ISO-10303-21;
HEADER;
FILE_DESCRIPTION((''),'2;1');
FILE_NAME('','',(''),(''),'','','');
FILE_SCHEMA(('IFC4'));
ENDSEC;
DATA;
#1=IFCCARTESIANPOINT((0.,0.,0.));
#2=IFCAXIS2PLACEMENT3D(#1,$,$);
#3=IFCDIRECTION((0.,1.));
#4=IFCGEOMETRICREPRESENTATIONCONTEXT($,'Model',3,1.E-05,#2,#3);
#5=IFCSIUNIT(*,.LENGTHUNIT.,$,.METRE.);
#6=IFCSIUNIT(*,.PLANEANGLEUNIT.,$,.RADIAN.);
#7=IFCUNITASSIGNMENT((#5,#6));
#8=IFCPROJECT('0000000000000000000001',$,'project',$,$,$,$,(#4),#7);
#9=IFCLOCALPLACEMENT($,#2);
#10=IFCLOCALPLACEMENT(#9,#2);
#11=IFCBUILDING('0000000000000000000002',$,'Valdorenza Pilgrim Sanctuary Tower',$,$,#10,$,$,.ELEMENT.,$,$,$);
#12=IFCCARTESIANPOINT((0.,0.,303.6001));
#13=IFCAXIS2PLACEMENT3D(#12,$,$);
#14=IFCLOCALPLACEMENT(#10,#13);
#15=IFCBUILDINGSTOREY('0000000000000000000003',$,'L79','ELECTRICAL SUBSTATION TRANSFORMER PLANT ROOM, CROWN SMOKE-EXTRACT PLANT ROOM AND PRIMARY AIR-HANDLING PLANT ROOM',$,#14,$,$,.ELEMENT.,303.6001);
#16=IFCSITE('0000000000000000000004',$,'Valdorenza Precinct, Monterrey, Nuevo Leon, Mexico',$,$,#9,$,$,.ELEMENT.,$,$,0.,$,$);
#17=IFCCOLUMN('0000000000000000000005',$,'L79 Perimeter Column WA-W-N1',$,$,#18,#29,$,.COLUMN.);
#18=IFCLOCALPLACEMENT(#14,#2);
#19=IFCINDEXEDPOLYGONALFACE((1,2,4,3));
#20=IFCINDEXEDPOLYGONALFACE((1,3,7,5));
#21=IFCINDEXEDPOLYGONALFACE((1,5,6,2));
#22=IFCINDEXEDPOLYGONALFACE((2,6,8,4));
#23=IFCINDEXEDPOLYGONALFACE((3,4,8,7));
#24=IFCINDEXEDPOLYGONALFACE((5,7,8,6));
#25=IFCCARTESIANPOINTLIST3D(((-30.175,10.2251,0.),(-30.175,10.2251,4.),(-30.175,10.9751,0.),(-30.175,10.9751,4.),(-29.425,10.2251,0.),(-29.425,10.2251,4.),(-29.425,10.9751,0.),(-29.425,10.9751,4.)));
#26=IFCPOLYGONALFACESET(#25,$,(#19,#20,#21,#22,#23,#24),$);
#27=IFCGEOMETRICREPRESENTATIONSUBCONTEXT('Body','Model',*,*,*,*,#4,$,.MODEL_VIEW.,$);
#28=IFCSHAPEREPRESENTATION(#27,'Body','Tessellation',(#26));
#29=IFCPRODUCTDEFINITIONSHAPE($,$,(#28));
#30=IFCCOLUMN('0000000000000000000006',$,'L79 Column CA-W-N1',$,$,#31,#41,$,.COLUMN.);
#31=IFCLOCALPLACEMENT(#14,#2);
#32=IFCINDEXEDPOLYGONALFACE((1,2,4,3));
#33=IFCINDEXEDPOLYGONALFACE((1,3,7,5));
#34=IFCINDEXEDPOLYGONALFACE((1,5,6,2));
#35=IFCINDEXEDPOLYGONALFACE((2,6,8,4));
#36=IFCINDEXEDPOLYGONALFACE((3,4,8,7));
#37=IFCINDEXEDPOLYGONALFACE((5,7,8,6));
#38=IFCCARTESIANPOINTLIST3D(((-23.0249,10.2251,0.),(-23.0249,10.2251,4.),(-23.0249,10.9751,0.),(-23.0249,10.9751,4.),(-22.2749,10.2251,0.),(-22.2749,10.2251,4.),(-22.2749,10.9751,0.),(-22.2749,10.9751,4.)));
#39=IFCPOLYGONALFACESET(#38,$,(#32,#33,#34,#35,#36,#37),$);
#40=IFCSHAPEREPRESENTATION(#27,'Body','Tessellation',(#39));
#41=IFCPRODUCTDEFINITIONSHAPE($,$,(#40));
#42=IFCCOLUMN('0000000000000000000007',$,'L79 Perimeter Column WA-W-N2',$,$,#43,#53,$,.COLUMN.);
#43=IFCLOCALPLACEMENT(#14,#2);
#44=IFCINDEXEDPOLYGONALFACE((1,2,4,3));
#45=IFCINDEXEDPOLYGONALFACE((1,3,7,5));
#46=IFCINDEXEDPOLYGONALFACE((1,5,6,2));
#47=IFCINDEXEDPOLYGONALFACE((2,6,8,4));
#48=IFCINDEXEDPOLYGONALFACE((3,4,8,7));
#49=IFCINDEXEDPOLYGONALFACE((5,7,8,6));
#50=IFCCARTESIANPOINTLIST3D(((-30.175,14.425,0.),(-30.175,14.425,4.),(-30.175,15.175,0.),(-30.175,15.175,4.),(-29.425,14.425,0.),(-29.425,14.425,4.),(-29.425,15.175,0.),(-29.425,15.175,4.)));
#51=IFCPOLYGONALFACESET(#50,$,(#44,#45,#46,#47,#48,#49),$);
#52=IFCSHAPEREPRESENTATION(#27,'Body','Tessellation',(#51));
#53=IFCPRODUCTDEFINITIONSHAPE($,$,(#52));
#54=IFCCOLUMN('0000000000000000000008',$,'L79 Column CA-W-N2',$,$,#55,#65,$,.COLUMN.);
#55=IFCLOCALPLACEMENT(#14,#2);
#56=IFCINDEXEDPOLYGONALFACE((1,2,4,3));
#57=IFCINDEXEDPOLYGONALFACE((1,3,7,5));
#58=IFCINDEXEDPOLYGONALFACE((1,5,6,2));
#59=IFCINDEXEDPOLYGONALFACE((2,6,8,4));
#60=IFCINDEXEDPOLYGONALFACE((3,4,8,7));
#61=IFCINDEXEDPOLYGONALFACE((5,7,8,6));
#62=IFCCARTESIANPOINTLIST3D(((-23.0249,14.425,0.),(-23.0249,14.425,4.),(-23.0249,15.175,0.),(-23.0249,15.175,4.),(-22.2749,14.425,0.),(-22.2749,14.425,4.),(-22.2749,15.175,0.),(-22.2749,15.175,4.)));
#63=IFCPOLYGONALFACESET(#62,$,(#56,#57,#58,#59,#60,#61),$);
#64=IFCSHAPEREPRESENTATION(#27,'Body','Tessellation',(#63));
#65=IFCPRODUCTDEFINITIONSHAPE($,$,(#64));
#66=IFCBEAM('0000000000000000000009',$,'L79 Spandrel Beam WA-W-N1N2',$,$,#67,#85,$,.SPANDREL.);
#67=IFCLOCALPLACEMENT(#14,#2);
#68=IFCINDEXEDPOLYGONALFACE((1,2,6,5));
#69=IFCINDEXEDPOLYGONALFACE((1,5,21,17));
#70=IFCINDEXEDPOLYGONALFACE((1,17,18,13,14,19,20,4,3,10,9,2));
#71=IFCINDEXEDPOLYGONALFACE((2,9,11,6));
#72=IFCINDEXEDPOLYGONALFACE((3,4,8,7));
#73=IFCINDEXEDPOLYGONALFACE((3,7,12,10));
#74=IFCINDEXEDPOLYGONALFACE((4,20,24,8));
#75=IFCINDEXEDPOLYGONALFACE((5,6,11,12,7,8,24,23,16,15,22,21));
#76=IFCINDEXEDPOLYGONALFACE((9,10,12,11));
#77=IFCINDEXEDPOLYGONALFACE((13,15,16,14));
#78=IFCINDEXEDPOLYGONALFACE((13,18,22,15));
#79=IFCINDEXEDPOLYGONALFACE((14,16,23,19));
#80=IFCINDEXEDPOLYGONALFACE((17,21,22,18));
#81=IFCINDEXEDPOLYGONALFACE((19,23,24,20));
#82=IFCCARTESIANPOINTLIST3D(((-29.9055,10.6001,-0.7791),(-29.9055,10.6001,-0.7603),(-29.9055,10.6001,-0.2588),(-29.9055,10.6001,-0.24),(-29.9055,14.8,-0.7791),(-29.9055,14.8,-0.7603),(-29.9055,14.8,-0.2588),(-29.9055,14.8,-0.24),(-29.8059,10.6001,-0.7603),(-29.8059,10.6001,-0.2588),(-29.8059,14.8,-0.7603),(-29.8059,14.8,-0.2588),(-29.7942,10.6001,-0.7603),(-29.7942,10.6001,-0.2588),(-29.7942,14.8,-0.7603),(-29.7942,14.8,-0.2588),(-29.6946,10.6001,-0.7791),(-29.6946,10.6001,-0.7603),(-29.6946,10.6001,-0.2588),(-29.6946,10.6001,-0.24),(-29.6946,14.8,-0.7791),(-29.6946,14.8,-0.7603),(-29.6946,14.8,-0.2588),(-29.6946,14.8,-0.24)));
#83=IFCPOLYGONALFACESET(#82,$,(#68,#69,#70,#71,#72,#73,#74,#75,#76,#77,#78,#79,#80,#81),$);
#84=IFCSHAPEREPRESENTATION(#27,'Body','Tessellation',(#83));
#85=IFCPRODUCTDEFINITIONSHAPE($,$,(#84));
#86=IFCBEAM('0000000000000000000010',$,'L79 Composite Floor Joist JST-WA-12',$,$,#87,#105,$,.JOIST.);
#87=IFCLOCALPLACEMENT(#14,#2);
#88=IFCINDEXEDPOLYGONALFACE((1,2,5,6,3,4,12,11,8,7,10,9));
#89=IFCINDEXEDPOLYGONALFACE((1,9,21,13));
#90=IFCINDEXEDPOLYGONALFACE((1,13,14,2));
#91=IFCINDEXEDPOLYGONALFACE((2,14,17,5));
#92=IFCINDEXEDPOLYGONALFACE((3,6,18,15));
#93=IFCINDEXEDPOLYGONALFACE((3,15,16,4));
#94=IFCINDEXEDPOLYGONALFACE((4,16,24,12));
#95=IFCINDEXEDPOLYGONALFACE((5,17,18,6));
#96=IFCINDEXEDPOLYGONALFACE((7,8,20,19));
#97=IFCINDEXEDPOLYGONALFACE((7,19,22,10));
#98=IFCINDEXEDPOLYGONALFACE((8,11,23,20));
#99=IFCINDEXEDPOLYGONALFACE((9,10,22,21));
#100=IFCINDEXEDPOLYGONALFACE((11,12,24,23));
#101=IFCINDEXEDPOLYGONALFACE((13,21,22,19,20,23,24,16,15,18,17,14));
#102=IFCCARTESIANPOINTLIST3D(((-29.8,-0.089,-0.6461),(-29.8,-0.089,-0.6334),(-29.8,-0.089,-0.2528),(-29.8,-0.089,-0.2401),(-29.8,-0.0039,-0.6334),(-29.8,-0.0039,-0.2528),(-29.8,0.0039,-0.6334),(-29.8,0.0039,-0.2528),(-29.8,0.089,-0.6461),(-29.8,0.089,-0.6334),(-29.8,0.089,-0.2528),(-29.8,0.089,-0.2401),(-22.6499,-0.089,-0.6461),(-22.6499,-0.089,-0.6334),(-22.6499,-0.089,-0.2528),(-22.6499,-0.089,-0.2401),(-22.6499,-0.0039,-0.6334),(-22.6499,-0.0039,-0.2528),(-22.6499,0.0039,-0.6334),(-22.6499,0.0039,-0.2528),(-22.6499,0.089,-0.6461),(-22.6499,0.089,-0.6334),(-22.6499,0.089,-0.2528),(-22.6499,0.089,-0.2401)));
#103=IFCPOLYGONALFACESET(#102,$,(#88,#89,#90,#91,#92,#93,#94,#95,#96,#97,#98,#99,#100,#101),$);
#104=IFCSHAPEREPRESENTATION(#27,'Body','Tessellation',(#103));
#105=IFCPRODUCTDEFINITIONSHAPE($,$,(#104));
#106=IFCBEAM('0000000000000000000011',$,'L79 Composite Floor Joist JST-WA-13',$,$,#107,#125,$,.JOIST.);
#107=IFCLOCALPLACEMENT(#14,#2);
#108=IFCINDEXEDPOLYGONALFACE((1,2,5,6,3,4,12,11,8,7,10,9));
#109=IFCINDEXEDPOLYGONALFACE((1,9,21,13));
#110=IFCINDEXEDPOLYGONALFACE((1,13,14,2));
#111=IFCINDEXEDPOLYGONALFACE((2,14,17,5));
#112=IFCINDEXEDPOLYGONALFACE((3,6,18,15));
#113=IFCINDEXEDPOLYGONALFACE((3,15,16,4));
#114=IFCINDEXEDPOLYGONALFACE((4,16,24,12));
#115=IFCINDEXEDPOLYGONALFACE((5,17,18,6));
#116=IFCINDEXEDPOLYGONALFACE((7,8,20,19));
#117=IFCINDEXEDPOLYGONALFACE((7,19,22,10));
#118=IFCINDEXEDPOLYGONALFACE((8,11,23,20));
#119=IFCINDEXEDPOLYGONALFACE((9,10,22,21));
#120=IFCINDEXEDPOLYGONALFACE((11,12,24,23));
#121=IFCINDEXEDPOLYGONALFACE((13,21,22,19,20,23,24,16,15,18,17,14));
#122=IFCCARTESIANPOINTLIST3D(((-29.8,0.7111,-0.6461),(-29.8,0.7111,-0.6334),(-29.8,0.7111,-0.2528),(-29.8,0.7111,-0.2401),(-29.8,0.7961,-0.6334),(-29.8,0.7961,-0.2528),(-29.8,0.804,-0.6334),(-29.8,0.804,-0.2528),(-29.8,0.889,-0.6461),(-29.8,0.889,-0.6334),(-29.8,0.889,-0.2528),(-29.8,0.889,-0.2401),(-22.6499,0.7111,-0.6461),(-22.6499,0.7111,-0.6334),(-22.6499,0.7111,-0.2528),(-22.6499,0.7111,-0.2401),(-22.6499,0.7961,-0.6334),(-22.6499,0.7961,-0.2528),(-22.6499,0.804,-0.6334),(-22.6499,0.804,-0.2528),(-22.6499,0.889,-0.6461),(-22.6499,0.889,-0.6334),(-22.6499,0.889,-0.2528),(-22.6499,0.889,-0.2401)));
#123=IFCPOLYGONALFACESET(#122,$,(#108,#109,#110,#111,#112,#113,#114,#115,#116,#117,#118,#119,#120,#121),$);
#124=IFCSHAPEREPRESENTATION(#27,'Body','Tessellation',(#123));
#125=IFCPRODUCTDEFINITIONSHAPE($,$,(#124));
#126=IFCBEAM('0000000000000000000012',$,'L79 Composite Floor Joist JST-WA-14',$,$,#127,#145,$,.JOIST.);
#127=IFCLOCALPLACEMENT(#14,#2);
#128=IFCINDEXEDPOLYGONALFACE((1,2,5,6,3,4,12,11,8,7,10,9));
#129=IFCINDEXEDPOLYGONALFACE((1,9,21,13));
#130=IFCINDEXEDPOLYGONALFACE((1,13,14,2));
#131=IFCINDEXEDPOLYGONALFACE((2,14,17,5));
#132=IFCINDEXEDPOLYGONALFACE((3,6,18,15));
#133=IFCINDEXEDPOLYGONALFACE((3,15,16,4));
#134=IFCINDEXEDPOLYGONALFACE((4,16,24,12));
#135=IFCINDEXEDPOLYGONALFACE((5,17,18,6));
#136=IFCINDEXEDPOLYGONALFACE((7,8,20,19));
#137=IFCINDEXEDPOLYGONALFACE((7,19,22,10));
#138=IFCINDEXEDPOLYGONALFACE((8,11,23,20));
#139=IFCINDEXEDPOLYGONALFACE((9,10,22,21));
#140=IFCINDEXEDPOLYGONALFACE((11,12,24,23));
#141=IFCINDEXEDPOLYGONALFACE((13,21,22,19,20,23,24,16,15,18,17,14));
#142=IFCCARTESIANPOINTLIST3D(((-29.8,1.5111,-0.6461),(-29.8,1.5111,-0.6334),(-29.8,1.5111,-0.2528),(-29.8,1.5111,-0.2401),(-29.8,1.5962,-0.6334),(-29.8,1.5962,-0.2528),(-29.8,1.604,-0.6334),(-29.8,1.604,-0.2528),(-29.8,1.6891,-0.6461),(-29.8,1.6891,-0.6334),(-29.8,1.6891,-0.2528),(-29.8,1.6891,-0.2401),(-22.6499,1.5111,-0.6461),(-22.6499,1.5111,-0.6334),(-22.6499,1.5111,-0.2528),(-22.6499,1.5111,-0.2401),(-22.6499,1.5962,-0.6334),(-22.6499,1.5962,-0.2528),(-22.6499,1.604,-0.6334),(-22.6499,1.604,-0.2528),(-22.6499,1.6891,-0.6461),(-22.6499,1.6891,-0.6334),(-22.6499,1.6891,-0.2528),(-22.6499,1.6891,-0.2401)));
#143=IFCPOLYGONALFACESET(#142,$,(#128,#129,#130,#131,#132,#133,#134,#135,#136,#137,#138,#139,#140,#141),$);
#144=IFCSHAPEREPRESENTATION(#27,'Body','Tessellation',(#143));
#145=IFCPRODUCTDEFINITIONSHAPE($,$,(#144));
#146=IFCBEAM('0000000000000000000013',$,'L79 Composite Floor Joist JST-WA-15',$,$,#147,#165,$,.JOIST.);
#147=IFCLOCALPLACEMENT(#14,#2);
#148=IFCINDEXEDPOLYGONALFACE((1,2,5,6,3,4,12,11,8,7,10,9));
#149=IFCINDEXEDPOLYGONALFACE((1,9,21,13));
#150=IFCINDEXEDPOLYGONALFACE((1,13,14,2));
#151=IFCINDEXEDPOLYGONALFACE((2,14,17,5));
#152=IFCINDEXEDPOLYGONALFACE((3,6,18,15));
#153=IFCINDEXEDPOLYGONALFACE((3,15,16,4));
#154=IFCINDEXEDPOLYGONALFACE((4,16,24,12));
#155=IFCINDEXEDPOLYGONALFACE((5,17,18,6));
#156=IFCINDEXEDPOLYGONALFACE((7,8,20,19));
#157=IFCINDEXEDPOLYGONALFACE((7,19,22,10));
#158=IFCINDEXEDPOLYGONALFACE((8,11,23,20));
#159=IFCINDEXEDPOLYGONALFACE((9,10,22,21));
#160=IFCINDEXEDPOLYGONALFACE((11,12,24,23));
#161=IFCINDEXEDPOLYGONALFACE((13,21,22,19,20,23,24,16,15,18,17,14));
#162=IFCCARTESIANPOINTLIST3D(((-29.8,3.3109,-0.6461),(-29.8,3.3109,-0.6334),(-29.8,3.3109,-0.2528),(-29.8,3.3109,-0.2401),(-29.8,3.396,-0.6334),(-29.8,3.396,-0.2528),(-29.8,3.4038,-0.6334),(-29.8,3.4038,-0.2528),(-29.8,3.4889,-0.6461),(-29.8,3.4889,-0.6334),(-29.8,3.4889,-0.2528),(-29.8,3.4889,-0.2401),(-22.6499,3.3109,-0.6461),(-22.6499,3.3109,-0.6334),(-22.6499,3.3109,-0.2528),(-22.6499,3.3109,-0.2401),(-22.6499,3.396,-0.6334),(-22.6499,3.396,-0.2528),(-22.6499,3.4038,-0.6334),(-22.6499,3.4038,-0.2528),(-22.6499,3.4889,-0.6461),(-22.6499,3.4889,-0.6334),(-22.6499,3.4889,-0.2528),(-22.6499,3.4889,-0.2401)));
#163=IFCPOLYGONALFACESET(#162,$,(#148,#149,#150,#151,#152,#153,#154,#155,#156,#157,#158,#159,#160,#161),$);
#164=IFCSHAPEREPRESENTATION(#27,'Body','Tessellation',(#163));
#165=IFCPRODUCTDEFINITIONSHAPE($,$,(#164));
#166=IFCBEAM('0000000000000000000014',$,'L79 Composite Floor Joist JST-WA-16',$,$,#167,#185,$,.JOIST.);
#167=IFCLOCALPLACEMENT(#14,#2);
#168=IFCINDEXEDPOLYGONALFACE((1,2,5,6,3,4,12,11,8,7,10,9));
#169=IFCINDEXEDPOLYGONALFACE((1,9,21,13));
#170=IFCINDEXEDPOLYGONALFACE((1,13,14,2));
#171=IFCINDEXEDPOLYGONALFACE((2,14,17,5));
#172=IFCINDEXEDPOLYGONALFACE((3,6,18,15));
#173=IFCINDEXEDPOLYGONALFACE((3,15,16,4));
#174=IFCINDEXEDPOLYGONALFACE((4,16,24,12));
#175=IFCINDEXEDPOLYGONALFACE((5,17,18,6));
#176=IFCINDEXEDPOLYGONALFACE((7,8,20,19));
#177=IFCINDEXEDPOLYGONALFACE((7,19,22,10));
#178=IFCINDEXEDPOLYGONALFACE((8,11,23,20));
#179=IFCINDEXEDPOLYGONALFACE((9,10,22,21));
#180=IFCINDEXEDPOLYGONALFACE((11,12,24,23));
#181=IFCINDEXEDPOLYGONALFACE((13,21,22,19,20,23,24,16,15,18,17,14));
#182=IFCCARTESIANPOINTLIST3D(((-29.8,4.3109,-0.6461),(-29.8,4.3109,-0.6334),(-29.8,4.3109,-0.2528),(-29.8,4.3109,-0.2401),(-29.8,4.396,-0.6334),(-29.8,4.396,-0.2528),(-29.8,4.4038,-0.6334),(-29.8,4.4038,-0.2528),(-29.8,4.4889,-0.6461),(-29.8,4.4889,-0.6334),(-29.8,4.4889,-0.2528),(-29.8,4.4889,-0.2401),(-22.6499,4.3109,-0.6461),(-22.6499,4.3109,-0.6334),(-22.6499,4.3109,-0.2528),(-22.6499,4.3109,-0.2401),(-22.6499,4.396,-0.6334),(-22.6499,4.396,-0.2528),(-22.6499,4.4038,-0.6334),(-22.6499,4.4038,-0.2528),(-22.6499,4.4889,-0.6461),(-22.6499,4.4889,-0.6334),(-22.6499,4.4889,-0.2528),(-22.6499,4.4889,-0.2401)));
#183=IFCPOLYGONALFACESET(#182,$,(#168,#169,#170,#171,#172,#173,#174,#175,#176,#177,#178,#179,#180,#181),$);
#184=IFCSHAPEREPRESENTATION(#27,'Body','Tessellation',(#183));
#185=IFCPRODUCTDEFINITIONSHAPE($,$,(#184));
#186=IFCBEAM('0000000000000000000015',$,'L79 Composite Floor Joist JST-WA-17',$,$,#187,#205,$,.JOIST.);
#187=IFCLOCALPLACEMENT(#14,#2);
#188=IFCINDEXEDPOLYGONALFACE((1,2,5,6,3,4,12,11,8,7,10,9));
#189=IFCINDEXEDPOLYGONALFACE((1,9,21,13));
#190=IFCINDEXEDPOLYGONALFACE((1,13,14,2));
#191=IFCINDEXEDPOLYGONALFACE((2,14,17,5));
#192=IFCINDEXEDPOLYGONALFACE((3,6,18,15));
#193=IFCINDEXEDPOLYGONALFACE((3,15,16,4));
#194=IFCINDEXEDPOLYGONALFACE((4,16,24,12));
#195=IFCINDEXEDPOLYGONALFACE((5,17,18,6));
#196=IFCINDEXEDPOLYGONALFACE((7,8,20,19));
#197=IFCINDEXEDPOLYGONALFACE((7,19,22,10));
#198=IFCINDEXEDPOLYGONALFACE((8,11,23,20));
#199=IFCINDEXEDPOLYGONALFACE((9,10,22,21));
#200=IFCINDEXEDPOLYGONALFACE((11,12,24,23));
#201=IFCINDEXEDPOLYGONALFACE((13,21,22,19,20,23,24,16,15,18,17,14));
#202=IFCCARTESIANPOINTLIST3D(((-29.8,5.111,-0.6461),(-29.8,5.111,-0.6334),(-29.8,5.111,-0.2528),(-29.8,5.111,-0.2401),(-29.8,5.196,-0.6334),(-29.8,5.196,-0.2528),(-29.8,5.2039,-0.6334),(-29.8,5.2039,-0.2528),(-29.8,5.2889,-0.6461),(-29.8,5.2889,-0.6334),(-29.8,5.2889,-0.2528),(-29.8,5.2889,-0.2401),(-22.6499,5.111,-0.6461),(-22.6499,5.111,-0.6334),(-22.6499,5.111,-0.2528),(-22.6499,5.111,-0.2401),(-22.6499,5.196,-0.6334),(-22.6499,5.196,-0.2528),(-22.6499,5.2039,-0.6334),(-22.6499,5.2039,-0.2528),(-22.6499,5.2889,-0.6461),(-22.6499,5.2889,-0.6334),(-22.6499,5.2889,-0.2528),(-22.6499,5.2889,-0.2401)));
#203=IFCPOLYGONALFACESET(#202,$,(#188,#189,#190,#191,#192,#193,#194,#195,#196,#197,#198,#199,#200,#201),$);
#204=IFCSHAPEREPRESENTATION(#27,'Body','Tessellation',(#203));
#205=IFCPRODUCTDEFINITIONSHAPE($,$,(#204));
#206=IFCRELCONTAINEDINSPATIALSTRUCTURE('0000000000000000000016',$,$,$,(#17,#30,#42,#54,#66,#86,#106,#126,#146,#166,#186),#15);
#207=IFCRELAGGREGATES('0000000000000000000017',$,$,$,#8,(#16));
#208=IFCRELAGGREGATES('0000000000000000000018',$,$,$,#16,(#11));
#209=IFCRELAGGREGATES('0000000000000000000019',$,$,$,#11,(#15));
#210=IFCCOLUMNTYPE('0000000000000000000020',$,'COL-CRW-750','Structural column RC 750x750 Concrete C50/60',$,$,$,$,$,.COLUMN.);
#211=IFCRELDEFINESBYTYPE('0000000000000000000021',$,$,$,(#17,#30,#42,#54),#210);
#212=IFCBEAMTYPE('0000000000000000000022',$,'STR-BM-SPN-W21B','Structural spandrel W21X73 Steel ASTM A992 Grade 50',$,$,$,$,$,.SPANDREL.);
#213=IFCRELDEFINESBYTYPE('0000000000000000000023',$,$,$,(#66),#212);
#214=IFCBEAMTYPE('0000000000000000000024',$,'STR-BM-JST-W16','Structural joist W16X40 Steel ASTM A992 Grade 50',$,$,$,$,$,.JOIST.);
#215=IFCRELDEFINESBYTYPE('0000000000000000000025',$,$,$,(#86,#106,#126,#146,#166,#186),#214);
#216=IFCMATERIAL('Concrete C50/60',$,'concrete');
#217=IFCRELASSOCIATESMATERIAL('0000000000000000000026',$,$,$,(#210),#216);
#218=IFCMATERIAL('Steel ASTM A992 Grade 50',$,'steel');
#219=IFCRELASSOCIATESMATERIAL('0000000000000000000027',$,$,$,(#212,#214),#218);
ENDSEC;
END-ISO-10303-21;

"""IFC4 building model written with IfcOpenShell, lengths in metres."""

from ifc_helpers import new_model, si_unit, direction, frame, origin, origin_2d, place, context, subcontext, project, spatial, rectangle, i_section, extrude, source, transform, mapped, material, material_profile, profile_set, type_object, element, save


model = new_model("IFC4")

# Units and contexts
model_context = context("Model", 3, precision=1e-05, world=origin(), true_north=direction((0.0, 1.0)))
body_context = subcontext(model_context, "Body", "Model", "MODEL_VIEW")
ifc_project = project(units=[si_unit("LENGTHUNIT", "METRE"), si_unit("PLANEANGLEUNIT", "RADIAN")], contexts=[model_context])

# Site, building, storey
site_placement = place(None, origin())
site = spatial("IfcSite", under=ifc_project, at=site_placement, Name="Valdorenza Precinct, Monterrey, Nuevo Leon, Mexico", CompositionType="ELEMENT", RefElevation=0.0)
building_placement = place(site_placement, origin())
building = spatial("IfcBuilding", under=site, at=building_placement, Name="Valdorenza Pilgrim Sanctuary Tower", CompositionType="ELEMENT")
storey_placement = place(building_placement, frame((0.0, 0.0, 303.6001)))
storey = spatial("IfcBuildingStorey", under=building, at=storey_placement, Name="L79", Description="ELECTRICAL SUBSTATION TRANSFORMER PLANT ROOM, CROWN SMOKE-EXTRACT PLANT ROOM AND PRIMARY AIR-HANDLING PLANT ROOM", CompositionType="ELEMENT", Elevation=303.6001)

# Columns
ifc_material_1 = material(Name="Concrete C50/60", Category="concrete")
ifc_material_profile_1 = material_profile(ifc_material_1, rectangle(XDim=0.75, YDim=0.75, at=origin_2d()), Name="RC 750x750")
ifc_profile_set_1 = profile_set([ifc_material_profile_1], Name="Concrete C50/60")
column_type = type_object("IfcColumnType", Name="COL-CRW-750", Description="Structural column RC 750x750 Concrete C50/60", PredefinedType="COLUMN", material=ifc_profile_set_1)
shared_shape_1 = source(origin(), body_context, "Body", "SweptSolid", [
    extrude(rectangle(XDim=0.75, YDim=0.75, at=origin_2d()), origin(), (0.0, 0.0, 1.0), 4.0),
])
for number, where, z_axis, x_axis, name in (
    (1, (-29.8, 10.6001, 0.0), (0.0, 0.0, 1.0), (1.0, 0.0, 0.0), "L79 Perimeter Column WA-W-N1"),
    (2, (-22.6499, 10.6001, 0.0), (0.0, 0.0, 1.0), (1.0, 0.0, 0.0), "L79 Column CA-W-N1"),
    (3, (-29.8, 14.8, 0.0), (0.0, 0.0, 1.0), (1.0, 0.0, 0.0), "L79 Perimeter Column WA-W-N2"),
    (4, (-22.6499, 14.8, 0.0), (0.0, 0.0, 1.0), (1.0, 0.0, 0.0), "L79 Column CA-W-N2"),
):
    element("IfcColumn", number, at=place(storey_placement, frame(where, z_axis=z_axis, x_axis=x_axis)), inside=storey, type_object=column_type, Name=name, PredefinedType="COLUMN", context=body_context, shape_type="MappedRepresentation", body=[
        mapped(shared_shape_1, transform((0.0, 0.0, 0.0), x_axis=(1.0, 0.0, 0.0), y_axis=(0.0, 1.0, 0.0), z_axis=(0.0, 0.0, 1.0), scale=1.0)),
    ])

# Beams
ifc_material_2 = material(Name="Steel ASTM A992 Grade 50", Category="steel")
ifc_material_profile_2 = material_profile(ifc_material_2, i_section(OverallWidth=0.2109, OverallDepth=0.5391, WebThickness=0.0117, FlangeThickness=0.0188, at=origin_2d()), Name="W21X73")
ifc_profile_set_2 = profile_set([ifc_material_profile_2], Name="Steel ASTM A992 Grade 50")
beam_type_1 = type_object("IfcBeamType", Name="STR-BM-SPN-W21B", Description="Structural spandrel W21X73 Steel ASTM A992 Grade 50", PredefinedType="SPANDREL", material=ifc_profile_set_2)
shared_shape_2 = source(origin(), body_context, "Body", "SweptSolid", [
    extrude(i_section(OverallWidth=0.2109, OverallDepth=0.5391, WebThickness=0.0117, FlangeThickness=0.0188, at=origin_2d()), origin(), (0.0, 0.0, 1.0), 4.2),
])
beam_1_placement = place(storey_placement, frame((-29.8, 10.6001, -0.5095), z_axis=(0.0, 1.0, 0.0), x_axis=(-1.0, 0.0, 0.0)))
element("IfcBeam", 5, at=beam_1_placement, inside=storey, type_object=beam_type_1, Name="L79 Spandrel Beam WA-W-N1N2", PredefinedType="SPANDREL", context=body_context, shape_type="MappedRepresentation", body=[
    mapped(shared_shape_2, transform((0.0, 0.0, 0.0), x_axis=(1.0, 0.0, 0.0), y_axis=(0.0, 1.0, 0.0), z_axis=(0.0, 0.0, 1.0), scale=1.0)),
])
ifc_material_profile_3 = material_profile(ifc_material_2, i_section(OverallWidth=0.178, OverallDepth=0.406, WebThickness=0.0078, FlangeThickness=0.0127, at=origin_2d()), Name="W16X40")
ifc_profile_set_3 = profile_set([ifc_material_profile_3], Name="Steel ASTM A992 Grade 50")
beam_type_2 = type_object("IfcBeamType", Name="STR-BM-JST-W16", Description="Structural joist W16X40 Steel ASTM A992 Grade 50", PredefinedType="JOIST", material=ifc_profile_set_3)
shared_shape_3 = source(origin(), body_context, "Body", "SweptSolid", [
    extrude(i_section(OverallWidth=0.178, OverallDepth=0.406, WebThickness=0.0078, FlangeThickness=0.0127, at=origin_2d()), origin(), (0.0, 0.0, 1.0), 7.1501),
])
for number, where, z_axis, x_axis, name in (
    (6, (-29.8, 0.0, -0.4431), (1.0, 0.0, 0.0), (0.0, 1.0, 0.0), "L79 Composite Floor Joist JST-WA-12"),
    (7, (-29.8, 0.8, -0.4431), (1.0, 0.0, 0.0), (0.0, 1.0, 0.0), "L79 Composite Floor Joist JST-WA-13"),
    (8, (-29.8, 1.6001, -0.4431), (1.0, 0.0, 0.0), (0.0, 1.0, 0.0), "L79 Composite Floor Joist JST-WA-14"),
    (9, (-29.8, 3.3999, -0.4431), (1.0, 0.0, 0.0), (0.0, 1.0, 0.0), "L79 Composite Floor Joist JST-WA-15"),
    (10, (-29.8, 4.3999, -0.4431), (1.0, 0.0, 0.0), (0.0, 1.0, 0.0), "L79 Composite Floor Joist JST-WA-16"),
    (11, (-29.8, 5.2, -0.4431), (1.0, 0.0, 0.0), (0.0, 1.0, 0.0), "L79 Composite Floor Joist JST-WA-17"),
):
    element("IfcBeam", number, at=place(storey_placement, frame(where, z_axis=z_axis, x_axis=x_axis)), inside=storey, type_object=beam_type_2, Name=name, PredefinedType="JOIST", context=body_context, shape_type="MappedRepresentation", body=[
        mapped(shared_shape_3, transform((0.0, 0.0, 0.0), x_axis=(1.0, 0.0, 0.0), y_axis=(0.0, 1.0, 0.0), z_axis=(0.0, 0.0, 1.0), scale=1.0)),
    ])

save(model, "model.ifc")
